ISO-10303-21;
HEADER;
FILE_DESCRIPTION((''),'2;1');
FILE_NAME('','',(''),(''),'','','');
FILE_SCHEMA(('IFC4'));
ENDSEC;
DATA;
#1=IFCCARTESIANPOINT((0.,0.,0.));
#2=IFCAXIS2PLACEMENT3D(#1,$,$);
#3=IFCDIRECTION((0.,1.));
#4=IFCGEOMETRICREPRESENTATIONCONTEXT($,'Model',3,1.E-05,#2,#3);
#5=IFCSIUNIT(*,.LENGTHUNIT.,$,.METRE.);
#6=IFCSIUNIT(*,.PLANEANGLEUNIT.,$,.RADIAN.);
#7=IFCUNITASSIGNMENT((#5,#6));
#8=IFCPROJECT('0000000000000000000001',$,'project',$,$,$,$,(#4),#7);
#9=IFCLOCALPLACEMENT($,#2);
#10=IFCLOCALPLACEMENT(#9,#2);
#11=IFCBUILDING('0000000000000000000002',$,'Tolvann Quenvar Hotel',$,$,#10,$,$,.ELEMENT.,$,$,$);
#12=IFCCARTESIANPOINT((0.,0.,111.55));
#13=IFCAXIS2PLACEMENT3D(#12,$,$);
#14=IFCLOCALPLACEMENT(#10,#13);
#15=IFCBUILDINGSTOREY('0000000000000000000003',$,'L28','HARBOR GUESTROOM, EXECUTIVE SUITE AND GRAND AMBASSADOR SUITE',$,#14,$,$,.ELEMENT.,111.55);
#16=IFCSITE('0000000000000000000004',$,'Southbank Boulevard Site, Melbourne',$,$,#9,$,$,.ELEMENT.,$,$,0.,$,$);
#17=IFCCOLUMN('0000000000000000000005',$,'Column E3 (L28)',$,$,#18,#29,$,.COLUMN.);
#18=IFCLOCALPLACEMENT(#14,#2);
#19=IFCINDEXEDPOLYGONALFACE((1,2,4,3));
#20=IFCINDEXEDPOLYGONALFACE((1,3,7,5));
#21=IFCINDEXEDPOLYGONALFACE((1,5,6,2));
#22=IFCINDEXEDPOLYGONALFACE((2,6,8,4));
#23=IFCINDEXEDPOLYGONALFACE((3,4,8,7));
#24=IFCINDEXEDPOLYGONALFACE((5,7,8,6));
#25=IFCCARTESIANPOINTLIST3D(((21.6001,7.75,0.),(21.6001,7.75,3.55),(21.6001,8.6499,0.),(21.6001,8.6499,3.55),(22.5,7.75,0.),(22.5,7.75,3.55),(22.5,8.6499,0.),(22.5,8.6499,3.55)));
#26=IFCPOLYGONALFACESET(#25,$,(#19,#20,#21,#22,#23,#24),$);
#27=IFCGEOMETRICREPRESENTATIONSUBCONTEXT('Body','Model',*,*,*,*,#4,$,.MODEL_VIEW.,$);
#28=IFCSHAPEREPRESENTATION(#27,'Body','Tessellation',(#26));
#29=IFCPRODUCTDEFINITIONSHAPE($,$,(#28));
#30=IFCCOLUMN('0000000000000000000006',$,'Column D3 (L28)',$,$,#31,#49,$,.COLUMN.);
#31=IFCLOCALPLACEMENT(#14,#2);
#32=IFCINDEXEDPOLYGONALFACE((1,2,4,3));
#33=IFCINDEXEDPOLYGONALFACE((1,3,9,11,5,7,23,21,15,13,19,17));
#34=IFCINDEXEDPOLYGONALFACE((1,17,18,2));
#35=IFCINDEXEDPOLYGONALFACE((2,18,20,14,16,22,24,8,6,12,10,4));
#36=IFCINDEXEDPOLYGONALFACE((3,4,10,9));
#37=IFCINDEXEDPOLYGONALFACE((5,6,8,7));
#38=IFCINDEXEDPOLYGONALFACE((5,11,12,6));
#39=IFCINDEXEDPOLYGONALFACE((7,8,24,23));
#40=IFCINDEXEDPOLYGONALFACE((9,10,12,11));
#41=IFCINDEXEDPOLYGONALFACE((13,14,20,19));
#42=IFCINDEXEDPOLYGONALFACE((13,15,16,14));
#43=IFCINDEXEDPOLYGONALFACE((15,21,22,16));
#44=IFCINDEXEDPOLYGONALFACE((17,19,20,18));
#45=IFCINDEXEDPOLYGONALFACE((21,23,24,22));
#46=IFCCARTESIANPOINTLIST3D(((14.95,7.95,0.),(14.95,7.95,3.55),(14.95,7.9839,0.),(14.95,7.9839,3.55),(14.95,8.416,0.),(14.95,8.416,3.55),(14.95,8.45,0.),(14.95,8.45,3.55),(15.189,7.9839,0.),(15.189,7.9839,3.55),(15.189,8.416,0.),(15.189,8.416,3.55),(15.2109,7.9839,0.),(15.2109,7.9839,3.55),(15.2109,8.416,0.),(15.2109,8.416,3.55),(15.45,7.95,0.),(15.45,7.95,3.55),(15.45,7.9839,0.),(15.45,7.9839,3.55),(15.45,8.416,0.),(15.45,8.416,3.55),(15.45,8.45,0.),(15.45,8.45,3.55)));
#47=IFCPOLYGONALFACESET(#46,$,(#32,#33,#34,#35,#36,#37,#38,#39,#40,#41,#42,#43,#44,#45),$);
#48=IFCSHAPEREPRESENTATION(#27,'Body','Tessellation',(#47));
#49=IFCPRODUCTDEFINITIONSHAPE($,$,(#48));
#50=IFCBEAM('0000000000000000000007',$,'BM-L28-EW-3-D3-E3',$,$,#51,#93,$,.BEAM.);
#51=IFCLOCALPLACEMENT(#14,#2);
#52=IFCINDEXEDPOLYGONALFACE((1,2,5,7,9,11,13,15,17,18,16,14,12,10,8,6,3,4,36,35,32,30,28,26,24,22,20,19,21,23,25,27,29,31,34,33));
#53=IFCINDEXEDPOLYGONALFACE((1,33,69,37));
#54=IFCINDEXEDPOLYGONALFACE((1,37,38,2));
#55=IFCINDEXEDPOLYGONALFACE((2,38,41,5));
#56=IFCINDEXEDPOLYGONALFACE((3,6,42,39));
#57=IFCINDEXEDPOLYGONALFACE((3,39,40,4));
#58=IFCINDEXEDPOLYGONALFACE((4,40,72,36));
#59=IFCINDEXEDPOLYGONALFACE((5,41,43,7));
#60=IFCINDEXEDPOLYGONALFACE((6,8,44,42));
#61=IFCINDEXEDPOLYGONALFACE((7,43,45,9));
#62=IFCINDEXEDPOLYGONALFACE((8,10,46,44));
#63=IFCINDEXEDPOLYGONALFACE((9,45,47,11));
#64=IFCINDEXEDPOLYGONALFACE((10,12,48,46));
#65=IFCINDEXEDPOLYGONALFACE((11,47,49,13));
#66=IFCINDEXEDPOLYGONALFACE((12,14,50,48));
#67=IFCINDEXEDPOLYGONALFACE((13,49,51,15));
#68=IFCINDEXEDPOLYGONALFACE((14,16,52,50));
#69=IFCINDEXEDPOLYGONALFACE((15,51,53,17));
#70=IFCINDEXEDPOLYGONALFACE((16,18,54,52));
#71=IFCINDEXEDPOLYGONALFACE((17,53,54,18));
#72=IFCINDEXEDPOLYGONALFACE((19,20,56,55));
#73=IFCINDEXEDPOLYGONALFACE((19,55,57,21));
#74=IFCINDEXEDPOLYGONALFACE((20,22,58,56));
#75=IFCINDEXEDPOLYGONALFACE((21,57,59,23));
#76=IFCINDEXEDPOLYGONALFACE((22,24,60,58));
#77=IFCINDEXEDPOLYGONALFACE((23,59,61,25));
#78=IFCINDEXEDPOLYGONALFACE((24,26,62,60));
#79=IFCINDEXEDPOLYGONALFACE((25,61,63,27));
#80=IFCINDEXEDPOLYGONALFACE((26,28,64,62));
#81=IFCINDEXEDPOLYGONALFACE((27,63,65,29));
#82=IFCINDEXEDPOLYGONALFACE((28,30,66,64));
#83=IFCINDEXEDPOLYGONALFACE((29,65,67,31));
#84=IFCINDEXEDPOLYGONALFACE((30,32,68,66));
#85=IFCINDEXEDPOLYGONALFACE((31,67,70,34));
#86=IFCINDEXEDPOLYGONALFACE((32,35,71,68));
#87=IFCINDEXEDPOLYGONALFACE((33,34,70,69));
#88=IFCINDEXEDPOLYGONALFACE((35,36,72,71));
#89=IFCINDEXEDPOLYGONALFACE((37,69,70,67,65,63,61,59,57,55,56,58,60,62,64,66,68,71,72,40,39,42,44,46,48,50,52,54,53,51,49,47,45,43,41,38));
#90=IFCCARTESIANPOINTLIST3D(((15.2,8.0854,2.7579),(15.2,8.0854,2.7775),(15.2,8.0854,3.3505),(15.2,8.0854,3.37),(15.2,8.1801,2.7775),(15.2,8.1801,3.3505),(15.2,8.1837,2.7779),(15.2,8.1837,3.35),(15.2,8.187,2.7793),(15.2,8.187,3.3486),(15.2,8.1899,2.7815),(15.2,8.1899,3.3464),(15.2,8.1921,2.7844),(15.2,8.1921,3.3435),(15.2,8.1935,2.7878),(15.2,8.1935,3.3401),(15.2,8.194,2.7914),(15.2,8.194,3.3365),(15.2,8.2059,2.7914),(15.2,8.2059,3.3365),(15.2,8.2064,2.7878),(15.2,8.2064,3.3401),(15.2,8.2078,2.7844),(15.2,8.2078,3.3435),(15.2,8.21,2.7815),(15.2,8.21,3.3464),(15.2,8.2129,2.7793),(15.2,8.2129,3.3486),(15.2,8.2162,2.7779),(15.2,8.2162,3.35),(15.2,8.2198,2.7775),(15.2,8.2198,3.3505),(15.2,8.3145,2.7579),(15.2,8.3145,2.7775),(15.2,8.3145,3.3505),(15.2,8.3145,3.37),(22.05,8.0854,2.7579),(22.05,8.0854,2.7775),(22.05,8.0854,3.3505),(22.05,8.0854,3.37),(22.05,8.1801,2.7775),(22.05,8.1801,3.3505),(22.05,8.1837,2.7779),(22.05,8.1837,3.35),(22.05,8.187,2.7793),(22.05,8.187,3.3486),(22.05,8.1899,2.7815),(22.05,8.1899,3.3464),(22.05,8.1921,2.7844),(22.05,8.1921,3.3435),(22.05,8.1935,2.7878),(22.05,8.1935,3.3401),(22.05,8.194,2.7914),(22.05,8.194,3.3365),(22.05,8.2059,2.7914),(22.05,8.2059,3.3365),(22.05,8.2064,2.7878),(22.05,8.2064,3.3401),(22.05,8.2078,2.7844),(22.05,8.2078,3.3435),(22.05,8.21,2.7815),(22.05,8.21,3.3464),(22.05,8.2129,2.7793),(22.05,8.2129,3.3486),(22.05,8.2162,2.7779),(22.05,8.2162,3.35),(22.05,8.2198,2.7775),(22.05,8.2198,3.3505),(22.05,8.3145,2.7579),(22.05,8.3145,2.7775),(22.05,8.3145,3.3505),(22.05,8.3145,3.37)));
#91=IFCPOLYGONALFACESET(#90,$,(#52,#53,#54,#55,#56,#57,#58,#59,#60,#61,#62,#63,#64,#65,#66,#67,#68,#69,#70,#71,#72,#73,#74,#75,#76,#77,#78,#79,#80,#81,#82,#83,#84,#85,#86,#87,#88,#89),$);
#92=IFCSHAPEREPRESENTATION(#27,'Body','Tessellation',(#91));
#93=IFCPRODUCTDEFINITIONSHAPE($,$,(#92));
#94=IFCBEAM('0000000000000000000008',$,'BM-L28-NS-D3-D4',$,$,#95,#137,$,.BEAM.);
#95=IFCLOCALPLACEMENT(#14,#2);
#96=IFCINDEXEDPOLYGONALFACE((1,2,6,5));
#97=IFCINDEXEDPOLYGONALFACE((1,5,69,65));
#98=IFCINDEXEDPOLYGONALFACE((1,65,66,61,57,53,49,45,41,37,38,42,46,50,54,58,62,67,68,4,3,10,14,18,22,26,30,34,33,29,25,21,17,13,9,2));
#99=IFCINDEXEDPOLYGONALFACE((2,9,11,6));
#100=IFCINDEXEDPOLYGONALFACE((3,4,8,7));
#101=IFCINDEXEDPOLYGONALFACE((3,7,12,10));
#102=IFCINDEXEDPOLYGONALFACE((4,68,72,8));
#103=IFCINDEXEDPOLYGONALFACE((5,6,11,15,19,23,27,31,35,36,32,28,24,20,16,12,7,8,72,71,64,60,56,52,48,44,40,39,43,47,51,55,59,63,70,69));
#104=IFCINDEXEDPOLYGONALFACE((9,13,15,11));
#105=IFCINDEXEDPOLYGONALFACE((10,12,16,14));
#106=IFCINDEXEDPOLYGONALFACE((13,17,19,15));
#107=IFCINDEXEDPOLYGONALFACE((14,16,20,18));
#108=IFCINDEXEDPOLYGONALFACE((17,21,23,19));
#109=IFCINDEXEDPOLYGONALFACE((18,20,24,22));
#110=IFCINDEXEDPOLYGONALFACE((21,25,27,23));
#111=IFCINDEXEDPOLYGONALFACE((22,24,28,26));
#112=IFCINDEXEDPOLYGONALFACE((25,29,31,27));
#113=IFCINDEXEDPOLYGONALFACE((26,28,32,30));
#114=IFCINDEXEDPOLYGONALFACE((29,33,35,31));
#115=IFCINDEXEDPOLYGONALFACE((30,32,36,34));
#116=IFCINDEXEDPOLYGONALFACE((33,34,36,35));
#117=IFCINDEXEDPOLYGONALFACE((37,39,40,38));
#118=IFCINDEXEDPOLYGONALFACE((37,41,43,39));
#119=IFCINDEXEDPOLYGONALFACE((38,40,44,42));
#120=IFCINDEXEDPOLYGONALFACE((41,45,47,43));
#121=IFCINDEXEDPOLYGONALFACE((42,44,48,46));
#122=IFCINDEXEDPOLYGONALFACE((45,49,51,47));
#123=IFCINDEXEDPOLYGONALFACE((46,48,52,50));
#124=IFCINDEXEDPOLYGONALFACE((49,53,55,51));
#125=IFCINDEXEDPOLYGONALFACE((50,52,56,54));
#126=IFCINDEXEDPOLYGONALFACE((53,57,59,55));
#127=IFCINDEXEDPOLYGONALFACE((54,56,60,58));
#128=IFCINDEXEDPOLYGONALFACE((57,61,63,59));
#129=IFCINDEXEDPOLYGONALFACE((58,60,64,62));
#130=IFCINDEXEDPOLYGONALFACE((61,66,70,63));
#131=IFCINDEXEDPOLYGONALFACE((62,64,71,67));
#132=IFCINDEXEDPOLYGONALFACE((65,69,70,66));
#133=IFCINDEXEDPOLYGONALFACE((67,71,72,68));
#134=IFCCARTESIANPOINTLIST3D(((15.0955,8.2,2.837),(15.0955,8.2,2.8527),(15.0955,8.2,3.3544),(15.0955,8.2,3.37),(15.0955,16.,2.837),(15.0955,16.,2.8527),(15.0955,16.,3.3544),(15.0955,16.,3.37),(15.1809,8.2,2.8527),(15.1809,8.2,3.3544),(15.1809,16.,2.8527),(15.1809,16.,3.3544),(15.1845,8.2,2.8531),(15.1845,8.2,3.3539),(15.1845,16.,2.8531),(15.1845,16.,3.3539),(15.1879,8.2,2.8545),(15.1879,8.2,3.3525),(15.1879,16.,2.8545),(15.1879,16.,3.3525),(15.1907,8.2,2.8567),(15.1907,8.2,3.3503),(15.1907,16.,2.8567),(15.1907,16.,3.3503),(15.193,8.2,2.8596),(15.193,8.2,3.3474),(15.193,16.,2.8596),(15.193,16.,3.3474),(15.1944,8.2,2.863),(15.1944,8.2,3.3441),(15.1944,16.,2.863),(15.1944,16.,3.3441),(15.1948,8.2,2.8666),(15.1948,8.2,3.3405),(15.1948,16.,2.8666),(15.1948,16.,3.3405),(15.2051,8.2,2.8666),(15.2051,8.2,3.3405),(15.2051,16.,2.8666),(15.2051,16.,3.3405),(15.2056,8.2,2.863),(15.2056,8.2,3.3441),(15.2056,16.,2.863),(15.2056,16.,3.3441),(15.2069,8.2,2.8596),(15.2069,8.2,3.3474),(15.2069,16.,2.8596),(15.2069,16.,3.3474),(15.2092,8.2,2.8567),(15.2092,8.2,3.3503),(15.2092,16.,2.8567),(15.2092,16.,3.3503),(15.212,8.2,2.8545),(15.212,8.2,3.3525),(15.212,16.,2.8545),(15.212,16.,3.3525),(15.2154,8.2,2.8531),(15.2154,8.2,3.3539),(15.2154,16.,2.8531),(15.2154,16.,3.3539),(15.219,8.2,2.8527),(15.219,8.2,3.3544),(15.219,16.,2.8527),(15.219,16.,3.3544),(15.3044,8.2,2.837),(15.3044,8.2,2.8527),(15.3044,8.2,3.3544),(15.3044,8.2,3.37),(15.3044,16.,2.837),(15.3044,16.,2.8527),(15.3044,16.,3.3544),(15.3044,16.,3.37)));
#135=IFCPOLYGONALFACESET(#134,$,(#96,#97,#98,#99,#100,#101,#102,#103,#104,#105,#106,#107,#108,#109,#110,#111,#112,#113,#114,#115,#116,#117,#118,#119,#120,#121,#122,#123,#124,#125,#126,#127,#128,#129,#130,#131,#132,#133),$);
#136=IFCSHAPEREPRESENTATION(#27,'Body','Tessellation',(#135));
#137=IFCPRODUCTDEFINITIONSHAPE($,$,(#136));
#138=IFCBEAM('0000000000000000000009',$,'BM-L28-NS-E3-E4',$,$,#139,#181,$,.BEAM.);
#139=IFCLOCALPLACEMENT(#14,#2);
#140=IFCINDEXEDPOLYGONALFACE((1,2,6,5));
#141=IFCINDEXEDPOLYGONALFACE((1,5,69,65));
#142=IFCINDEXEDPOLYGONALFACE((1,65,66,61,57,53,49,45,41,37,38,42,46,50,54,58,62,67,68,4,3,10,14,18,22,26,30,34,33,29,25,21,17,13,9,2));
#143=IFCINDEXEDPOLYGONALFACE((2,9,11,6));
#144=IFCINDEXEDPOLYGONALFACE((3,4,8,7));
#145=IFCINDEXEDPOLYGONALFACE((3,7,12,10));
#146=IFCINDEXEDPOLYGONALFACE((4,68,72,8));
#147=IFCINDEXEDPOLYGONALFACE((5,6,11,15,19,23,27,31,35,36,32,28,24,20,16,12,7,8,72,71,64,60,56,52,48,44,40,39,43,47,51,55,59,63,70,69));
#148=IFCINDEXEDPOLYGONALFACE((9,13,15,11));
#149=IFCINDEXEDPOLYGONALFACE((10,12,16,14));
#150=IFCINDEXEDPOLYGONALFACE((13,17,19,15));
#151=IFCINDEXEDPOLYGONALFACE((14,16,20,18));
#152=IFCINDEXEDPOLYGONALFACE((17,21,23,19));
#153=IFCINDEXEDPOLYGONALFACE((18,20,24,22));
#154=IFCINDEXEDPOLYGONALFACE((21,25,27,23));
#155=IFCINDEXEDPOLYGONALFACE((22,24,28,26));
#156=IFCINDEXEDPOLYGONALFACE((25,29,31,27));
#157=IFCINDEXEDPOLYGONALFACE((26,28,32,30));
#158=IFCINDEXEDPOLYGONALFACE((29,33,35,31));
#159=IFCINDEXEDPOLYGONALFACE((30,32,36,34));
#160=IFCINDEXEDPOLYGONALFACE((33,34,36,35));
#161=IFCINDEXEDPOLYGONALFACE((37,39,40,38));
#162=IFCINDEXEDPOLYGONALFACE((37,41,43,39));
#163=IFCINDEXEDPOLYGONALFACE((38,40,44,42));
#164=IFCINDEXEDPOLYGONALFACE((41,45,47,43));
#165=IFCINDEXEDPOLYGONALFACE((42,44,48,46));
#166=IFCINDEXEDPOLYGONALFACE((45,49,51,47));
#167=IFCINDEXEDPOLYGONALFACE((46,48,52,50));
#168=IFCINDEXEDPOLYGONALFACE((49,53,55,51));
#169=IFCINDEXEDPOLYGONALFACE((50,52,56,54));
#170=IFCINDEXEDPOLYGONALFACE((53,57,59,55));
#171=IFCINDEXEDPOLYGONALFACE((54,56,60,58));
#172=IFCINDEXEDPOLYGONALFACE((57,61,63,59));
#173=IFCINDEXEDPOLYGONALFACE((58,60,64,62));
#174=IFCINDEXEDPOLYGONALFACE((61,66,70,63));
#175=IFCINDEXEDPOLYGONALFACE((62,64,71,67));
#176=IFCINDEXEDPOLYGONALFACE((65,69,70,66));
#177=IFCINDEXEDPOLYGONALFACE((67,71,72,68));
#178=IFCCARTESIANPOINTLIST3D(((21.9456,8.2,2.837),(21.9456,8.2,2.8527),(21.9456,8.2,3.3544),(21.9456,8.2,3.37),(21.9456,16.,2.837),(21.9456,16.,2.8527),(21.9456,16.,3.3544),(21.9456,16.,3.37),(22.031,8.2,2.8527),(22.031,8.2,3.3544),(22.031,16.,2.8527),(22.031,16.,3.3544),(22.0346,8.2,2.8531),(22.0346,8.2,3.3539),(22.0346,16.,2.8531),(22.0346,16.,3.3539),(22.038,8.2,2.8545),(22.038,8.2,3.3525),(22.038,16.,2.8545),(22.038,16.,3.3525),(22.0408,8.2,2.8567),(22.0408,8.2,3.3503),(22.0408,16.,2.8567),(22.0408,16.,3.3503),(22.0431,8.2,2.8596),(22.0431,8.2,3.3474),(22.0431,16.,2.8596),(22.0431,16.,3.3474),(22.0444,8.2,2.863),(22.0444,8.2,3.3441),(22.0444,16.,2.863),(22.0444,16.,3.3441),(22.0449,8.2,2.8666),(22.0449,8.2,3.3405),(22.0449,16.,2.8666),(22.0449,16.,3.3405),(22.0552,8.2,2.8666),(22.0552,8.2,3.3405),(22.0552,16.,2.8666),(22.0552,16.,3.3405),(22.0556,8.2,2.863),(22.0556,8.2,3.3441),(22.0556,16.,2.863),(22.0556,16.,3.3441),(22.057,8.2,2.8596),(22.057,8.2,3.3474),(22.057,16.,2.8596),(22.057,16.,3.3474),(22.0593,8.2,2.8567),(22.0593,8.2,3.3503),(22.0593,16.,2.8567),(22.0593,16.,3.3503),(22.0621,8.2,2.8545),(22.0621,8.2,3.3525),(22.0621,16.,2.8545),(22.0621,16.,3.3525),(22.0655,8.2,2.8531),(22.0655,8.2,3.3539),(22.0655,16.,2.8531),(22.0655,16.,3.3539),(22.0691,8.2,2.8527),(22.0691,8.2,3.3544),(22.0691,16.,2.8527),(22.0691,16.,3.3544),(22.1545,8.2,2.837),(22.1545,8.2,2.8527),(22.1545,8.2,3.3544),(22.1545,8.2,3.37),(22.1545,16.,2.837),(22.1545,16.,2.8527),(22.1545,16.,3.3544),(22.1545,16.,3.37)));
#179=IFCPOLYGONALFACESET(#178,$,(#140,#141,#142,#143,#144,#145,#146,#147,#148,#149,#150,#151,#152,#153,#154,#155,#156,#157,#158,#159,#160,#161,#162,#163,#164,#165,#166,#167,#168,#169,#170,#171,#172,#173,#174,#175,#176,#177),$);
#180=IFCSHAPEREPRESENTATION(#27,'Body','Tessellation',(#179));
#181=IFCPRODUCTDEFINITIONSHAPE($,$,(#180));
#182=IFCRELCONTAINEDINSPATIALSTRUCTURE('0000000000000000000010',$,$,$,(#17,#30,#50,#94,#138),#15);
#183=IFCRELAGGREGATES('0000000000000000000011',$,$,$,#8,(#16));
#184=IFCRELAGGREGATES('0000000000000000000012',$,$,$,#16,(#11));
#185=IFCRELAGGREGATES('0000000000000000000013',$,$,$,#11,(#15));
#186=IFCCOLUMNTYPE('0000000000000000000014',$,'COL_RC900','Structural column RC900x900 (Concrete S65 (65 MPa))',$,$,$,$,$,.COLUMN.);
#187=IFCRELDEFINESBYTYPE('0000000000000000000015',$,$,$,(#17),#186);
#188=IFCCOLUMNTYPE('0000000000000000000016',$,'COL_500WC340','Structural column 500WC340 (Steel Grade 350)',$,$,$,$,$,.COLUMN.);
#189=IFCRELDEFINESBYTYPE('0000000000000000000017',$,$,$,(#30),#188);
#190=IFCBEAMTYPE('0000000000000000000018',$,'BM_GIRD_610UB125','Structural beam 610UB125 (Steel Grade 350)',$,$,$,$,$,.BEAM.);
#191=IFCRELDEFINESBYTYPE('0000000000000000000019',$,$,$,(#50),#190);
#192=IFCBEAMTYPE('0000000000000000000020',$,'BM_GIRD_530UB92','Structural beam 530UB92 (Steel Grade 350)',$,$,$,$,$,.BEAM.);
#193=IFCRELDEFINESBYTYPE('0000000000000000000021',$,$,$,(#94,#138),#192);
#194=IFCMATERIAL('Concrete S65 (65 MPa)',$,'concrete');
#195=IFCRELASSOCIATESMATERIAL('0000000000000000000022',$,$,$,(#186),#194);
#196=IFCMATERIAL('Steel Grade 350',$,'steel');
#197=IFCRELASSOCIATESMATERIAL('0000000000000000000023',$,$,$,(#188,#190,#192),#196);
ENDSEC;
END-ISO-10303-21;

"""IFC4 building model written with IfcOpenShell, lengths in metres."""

from ifc_helpers import new_model, si_unit, direction, frame, origin, origin_2d, place, context, subcontext, project, spatial, rectangle, i_section, extrude, source, transform, mapped, material, material_profile, profile_set, type_object, type_shapes, element, save


model = new_model("IFC4")

# Units and contexts
model_context = context("Model", 3, precision=1e-05, world=origin(), true_north=direction((0.0, 1.0)))
body_context = subcontext(model_context, "Body", "Model", "MODEL_VIEW")
ifc_project = project(units=[si_unit("LENGTHUNIT", "METRE"), si_unit("PLANEANGLEUNIT", "RADIAN")], contexts=[model_context])

# Site, building, storey
site_placement = place(None, origin())
site = spatial("IfcSite", under=ifc_project, at=site_placement, Name="Southbank Boulevard Site, Melbourne", CompositionType="ELEMENT", RefElevation=0.0)
building_placement = place(site_placement, origin())
building = spatial("IfcBuilding", under=site, at=building_placement, Name="Tolvann Quenvar Hotel", CompositionType="ELEMENT")
storey_placement = place(building_placement, frame((0.0, 0.0, 111.55)))
storey = spatial("IfcBuildingStorey", under=building, at=storey_placement, Name="L28", Description="HARBOR GUESTROOM, EXECUTIVE SUITE AND GRAND AMBASSADOR SUITE", CompositionType="ELEMENT", Elevation=111.55)

# Columns
ifc_material_1 = material(Name="Concrete S65 (65 MPa)", Category="concrete")
ifc_material_profile_1 = material_profile(ifc_material_1, rectangle(XDim=0.8999, YDim=0.8999, at=origin_2d()), Name="RC900x900")
ifc_profile_set_1 = profile_set([ifc_material_profile_1], Name="Concrete S65 (65 MPa)")
column_type_1 = type_object("IfcColumnType", Name="COL_RC900", Description="Structural column RC900x900 (Concrete S65 (65 MPa))", PredefinedType="COLUMN", material=ifc_profile_set_1)
shared_shape_1 = source(origin(), body_context, "Body", "SweptSolid", [
    extrude(rectangle(XDim=0.8999, YDim=0.8999, at=origin_2d()), origin(), (0.0, 0.0, 1.0), 3.55),
])
type_shapes(column_type_1, [shared_shape_1])
column_1_placement = place(storey_placement, frame((22.05, 8.2, 0.0), z_axis=(0.0, 0.0, 1.0), x_axis=(1.0, 0.0, 0.0)))
element("IfcColumn", 1, at=column_1_placement, inside=storey, type_object=column_type_1, Name="Column E3 (L28)", PredefinedType="COLUMN", context=body_context, shape_type="MappedRepresentation", body=[
    mapped(shared_shape_1, transform((0.0, 0.0, 0.0), x_axis=(1.0, 0.0, 0.0), y_axis=(0.0, 1.0, 0.0), z_axis=(0.0, 0.0, 1.0), scale=1.0)),
])
ifc_material_2 = material(Name="Steel Grade 350", Category="steel")
ifc_material_profile_2 = material_profile(ifc_material_2, i_section(OverallWidth=0.5, OverallDepth=0.5, WebThickness=0.022, FlangeThickness=0.0339, at=origin_2d()), Name="500WC340")
ifc_profile_set_2 = profile_set([ifc_material_profile_2], Name="Steel Grade 350")
column_type_2 = type_object("IfcColumnType", Name="COL_500WC340", Description="Structural column 500WC340 (Steel Grade 350)", PredefinedType="COLUMN", material=ifc_profile_set_2)
shared_shape_2 = source(origin(), body_context, "Body", "SweptSolid", [
    extrude(i_section(OverallWidth=0.5, OverallDepth=0.5, WebThickness=0.022, FlangeThickness=0.0339, at=origin_2d()), origin(), (0.0, 0.0, 1.0), 3.55),
])
type_shapes(column_type_2, [shared_shape_2])
column_2_placement = place(storey_placement, frame((15.2, 8.2, 0.0), z_axis=(0.0, 0.0, 1.0), x_axis=(1.0, 0.0, 0.0)))
element("IfcColumn", 2, at=column_2_placement, inside=storey, type_object=column_type_2, Name="Column D3 (L28)", PredefinedType="COLUMN", context=body_context, shape_type="MappedRepresentation", body=[
    mapped(shared_shape_2, transform((0.0, 0.0, 0.0), x_axis=(1.0, 0.0, 0.0), y_axis=(0.0, 1.0, 0.0), z_axis=(0.0, 0.0, 1.0), scale=1.0)),
])

# Beams
ifc_material_profile_3 = material_profile(ifc_material_2, i_section(OverallWidth=0.229, OverallDepth=0.6121, WebThickness=0.012, FlangeThickness=0.0195, FilletRadius=0.0139, at=origin_2d()), Name="610UB125")
ifc_profile_set_3 = profile_set([ifc_material_profile_3], Name="Steel Grade 350")
beam_type_1 = type_object("IfcBeamType", Name="BM_GIRD_610UB125", Description="Structural beam 610UB125 (Steel Grade 350)", PredefinedType="BEAM", material=ifc_profile_set_3)
shared_shape_3 = source(origin(), body_context, "Body", "SweptSolid", [
    extrude(i_section(OverallWidth=0.229, OverallDepth=0.6121, WebThickness=0.012, FlangeThickness=0.0195, FilletRadius=0.0139, at=origin_2d()), origin(), (0.0, 0.0, 1.0), 6.8501),
])
type_shapes(beam_type_1, [shared_shape_3])
beam_placement = place(storey_placement, frame((15.2, 8.2, 3.064), z_axis=(1.0, 0.0, 0.0), x_axis=(0.0, 1.0, 0.0)))
element("IfcBeam", 3, at=beam_placement, inside=storey, type_object=beam_type_1, Name="BM-L28-EW-3-D3-E3", PredefinedType="BEAM", context=body_context, shape_type="MappedRepresentation", body=[
    mapped(shared_shape_3, transform((0.0, 0.0, 0.0), x_axis=(1.0, 0.0, 0.0), y_axis=(0.0, 1.0, 0.0), z_axis=(0.0, 0.0, 1.0), scale=1.0)),
])
ifc_material_profile_4 = material_profile(ifc_material_2, i_section(OverallWidth=0.209, OverallDepth=0.533, WebThickness=0.0103, FlangeThickness=0.0156, FilletRadius=0.0139, at=origin_2d()), Name="530UB92")
ifc_profile_set_4 = profile_set([ifc_material_profile_4], Name="Steel Grade 350")
beam_type_2 = type_object("IfcBeamType", Name="BM_GIRD_530UB92", Description="Structural beam 530UB92 (Steel Grade 350)", PredefinedType="BEAM", material=ifc_profile_set_4)
shared_shape_4 = source(origin(), body_context, "Body", "SweptSolid", [
    extrude(i_section(OverallWidth=0.209, OverallDepth=0.533, WebThickness=0.0103, FlangeThickness=0.0156, FilletRadius=0.0139, at=origin_2d()), origin(), (0.0, 0.0, 1.0), 7.8),
])
type_shapes(beam_type_2, [shared_shape_4])
for number, where, z_axis, x_axis, name in (
    (4, (15.2, 8.2, 3.1035), (0.0, 1.0, 0.0), (-1.0, 0.0, 0.0), "BM-L28-NS-D3-D4"),
    (5, (22.05, 8.2, 3.1035), (0.0, 1.0, 0.0), (-1.0, 0.0, 0.0), "BM-L28-NS-E3-E4"),
):
    element("IfcBeam", number, at=place(storey_placement, frame(where, z_axis=z_axis, x_axis=x_axis)), inside=storey, type_object=beam_type_2, Name=name, PredefinedType="BEAM", context=body_context, shape_type="MappedRepresentation", body=[
        mapped(shared_shape_4, transform((0.0, 0.0, 0.0), x_axis=(1.0, 0.0, 0.0), y_axis=(0.0, 1.0, 0.0), z_axis=(0.0, 0.0, 1.0), scale=1.0)),
    ])

save(model, "model.ifc")
